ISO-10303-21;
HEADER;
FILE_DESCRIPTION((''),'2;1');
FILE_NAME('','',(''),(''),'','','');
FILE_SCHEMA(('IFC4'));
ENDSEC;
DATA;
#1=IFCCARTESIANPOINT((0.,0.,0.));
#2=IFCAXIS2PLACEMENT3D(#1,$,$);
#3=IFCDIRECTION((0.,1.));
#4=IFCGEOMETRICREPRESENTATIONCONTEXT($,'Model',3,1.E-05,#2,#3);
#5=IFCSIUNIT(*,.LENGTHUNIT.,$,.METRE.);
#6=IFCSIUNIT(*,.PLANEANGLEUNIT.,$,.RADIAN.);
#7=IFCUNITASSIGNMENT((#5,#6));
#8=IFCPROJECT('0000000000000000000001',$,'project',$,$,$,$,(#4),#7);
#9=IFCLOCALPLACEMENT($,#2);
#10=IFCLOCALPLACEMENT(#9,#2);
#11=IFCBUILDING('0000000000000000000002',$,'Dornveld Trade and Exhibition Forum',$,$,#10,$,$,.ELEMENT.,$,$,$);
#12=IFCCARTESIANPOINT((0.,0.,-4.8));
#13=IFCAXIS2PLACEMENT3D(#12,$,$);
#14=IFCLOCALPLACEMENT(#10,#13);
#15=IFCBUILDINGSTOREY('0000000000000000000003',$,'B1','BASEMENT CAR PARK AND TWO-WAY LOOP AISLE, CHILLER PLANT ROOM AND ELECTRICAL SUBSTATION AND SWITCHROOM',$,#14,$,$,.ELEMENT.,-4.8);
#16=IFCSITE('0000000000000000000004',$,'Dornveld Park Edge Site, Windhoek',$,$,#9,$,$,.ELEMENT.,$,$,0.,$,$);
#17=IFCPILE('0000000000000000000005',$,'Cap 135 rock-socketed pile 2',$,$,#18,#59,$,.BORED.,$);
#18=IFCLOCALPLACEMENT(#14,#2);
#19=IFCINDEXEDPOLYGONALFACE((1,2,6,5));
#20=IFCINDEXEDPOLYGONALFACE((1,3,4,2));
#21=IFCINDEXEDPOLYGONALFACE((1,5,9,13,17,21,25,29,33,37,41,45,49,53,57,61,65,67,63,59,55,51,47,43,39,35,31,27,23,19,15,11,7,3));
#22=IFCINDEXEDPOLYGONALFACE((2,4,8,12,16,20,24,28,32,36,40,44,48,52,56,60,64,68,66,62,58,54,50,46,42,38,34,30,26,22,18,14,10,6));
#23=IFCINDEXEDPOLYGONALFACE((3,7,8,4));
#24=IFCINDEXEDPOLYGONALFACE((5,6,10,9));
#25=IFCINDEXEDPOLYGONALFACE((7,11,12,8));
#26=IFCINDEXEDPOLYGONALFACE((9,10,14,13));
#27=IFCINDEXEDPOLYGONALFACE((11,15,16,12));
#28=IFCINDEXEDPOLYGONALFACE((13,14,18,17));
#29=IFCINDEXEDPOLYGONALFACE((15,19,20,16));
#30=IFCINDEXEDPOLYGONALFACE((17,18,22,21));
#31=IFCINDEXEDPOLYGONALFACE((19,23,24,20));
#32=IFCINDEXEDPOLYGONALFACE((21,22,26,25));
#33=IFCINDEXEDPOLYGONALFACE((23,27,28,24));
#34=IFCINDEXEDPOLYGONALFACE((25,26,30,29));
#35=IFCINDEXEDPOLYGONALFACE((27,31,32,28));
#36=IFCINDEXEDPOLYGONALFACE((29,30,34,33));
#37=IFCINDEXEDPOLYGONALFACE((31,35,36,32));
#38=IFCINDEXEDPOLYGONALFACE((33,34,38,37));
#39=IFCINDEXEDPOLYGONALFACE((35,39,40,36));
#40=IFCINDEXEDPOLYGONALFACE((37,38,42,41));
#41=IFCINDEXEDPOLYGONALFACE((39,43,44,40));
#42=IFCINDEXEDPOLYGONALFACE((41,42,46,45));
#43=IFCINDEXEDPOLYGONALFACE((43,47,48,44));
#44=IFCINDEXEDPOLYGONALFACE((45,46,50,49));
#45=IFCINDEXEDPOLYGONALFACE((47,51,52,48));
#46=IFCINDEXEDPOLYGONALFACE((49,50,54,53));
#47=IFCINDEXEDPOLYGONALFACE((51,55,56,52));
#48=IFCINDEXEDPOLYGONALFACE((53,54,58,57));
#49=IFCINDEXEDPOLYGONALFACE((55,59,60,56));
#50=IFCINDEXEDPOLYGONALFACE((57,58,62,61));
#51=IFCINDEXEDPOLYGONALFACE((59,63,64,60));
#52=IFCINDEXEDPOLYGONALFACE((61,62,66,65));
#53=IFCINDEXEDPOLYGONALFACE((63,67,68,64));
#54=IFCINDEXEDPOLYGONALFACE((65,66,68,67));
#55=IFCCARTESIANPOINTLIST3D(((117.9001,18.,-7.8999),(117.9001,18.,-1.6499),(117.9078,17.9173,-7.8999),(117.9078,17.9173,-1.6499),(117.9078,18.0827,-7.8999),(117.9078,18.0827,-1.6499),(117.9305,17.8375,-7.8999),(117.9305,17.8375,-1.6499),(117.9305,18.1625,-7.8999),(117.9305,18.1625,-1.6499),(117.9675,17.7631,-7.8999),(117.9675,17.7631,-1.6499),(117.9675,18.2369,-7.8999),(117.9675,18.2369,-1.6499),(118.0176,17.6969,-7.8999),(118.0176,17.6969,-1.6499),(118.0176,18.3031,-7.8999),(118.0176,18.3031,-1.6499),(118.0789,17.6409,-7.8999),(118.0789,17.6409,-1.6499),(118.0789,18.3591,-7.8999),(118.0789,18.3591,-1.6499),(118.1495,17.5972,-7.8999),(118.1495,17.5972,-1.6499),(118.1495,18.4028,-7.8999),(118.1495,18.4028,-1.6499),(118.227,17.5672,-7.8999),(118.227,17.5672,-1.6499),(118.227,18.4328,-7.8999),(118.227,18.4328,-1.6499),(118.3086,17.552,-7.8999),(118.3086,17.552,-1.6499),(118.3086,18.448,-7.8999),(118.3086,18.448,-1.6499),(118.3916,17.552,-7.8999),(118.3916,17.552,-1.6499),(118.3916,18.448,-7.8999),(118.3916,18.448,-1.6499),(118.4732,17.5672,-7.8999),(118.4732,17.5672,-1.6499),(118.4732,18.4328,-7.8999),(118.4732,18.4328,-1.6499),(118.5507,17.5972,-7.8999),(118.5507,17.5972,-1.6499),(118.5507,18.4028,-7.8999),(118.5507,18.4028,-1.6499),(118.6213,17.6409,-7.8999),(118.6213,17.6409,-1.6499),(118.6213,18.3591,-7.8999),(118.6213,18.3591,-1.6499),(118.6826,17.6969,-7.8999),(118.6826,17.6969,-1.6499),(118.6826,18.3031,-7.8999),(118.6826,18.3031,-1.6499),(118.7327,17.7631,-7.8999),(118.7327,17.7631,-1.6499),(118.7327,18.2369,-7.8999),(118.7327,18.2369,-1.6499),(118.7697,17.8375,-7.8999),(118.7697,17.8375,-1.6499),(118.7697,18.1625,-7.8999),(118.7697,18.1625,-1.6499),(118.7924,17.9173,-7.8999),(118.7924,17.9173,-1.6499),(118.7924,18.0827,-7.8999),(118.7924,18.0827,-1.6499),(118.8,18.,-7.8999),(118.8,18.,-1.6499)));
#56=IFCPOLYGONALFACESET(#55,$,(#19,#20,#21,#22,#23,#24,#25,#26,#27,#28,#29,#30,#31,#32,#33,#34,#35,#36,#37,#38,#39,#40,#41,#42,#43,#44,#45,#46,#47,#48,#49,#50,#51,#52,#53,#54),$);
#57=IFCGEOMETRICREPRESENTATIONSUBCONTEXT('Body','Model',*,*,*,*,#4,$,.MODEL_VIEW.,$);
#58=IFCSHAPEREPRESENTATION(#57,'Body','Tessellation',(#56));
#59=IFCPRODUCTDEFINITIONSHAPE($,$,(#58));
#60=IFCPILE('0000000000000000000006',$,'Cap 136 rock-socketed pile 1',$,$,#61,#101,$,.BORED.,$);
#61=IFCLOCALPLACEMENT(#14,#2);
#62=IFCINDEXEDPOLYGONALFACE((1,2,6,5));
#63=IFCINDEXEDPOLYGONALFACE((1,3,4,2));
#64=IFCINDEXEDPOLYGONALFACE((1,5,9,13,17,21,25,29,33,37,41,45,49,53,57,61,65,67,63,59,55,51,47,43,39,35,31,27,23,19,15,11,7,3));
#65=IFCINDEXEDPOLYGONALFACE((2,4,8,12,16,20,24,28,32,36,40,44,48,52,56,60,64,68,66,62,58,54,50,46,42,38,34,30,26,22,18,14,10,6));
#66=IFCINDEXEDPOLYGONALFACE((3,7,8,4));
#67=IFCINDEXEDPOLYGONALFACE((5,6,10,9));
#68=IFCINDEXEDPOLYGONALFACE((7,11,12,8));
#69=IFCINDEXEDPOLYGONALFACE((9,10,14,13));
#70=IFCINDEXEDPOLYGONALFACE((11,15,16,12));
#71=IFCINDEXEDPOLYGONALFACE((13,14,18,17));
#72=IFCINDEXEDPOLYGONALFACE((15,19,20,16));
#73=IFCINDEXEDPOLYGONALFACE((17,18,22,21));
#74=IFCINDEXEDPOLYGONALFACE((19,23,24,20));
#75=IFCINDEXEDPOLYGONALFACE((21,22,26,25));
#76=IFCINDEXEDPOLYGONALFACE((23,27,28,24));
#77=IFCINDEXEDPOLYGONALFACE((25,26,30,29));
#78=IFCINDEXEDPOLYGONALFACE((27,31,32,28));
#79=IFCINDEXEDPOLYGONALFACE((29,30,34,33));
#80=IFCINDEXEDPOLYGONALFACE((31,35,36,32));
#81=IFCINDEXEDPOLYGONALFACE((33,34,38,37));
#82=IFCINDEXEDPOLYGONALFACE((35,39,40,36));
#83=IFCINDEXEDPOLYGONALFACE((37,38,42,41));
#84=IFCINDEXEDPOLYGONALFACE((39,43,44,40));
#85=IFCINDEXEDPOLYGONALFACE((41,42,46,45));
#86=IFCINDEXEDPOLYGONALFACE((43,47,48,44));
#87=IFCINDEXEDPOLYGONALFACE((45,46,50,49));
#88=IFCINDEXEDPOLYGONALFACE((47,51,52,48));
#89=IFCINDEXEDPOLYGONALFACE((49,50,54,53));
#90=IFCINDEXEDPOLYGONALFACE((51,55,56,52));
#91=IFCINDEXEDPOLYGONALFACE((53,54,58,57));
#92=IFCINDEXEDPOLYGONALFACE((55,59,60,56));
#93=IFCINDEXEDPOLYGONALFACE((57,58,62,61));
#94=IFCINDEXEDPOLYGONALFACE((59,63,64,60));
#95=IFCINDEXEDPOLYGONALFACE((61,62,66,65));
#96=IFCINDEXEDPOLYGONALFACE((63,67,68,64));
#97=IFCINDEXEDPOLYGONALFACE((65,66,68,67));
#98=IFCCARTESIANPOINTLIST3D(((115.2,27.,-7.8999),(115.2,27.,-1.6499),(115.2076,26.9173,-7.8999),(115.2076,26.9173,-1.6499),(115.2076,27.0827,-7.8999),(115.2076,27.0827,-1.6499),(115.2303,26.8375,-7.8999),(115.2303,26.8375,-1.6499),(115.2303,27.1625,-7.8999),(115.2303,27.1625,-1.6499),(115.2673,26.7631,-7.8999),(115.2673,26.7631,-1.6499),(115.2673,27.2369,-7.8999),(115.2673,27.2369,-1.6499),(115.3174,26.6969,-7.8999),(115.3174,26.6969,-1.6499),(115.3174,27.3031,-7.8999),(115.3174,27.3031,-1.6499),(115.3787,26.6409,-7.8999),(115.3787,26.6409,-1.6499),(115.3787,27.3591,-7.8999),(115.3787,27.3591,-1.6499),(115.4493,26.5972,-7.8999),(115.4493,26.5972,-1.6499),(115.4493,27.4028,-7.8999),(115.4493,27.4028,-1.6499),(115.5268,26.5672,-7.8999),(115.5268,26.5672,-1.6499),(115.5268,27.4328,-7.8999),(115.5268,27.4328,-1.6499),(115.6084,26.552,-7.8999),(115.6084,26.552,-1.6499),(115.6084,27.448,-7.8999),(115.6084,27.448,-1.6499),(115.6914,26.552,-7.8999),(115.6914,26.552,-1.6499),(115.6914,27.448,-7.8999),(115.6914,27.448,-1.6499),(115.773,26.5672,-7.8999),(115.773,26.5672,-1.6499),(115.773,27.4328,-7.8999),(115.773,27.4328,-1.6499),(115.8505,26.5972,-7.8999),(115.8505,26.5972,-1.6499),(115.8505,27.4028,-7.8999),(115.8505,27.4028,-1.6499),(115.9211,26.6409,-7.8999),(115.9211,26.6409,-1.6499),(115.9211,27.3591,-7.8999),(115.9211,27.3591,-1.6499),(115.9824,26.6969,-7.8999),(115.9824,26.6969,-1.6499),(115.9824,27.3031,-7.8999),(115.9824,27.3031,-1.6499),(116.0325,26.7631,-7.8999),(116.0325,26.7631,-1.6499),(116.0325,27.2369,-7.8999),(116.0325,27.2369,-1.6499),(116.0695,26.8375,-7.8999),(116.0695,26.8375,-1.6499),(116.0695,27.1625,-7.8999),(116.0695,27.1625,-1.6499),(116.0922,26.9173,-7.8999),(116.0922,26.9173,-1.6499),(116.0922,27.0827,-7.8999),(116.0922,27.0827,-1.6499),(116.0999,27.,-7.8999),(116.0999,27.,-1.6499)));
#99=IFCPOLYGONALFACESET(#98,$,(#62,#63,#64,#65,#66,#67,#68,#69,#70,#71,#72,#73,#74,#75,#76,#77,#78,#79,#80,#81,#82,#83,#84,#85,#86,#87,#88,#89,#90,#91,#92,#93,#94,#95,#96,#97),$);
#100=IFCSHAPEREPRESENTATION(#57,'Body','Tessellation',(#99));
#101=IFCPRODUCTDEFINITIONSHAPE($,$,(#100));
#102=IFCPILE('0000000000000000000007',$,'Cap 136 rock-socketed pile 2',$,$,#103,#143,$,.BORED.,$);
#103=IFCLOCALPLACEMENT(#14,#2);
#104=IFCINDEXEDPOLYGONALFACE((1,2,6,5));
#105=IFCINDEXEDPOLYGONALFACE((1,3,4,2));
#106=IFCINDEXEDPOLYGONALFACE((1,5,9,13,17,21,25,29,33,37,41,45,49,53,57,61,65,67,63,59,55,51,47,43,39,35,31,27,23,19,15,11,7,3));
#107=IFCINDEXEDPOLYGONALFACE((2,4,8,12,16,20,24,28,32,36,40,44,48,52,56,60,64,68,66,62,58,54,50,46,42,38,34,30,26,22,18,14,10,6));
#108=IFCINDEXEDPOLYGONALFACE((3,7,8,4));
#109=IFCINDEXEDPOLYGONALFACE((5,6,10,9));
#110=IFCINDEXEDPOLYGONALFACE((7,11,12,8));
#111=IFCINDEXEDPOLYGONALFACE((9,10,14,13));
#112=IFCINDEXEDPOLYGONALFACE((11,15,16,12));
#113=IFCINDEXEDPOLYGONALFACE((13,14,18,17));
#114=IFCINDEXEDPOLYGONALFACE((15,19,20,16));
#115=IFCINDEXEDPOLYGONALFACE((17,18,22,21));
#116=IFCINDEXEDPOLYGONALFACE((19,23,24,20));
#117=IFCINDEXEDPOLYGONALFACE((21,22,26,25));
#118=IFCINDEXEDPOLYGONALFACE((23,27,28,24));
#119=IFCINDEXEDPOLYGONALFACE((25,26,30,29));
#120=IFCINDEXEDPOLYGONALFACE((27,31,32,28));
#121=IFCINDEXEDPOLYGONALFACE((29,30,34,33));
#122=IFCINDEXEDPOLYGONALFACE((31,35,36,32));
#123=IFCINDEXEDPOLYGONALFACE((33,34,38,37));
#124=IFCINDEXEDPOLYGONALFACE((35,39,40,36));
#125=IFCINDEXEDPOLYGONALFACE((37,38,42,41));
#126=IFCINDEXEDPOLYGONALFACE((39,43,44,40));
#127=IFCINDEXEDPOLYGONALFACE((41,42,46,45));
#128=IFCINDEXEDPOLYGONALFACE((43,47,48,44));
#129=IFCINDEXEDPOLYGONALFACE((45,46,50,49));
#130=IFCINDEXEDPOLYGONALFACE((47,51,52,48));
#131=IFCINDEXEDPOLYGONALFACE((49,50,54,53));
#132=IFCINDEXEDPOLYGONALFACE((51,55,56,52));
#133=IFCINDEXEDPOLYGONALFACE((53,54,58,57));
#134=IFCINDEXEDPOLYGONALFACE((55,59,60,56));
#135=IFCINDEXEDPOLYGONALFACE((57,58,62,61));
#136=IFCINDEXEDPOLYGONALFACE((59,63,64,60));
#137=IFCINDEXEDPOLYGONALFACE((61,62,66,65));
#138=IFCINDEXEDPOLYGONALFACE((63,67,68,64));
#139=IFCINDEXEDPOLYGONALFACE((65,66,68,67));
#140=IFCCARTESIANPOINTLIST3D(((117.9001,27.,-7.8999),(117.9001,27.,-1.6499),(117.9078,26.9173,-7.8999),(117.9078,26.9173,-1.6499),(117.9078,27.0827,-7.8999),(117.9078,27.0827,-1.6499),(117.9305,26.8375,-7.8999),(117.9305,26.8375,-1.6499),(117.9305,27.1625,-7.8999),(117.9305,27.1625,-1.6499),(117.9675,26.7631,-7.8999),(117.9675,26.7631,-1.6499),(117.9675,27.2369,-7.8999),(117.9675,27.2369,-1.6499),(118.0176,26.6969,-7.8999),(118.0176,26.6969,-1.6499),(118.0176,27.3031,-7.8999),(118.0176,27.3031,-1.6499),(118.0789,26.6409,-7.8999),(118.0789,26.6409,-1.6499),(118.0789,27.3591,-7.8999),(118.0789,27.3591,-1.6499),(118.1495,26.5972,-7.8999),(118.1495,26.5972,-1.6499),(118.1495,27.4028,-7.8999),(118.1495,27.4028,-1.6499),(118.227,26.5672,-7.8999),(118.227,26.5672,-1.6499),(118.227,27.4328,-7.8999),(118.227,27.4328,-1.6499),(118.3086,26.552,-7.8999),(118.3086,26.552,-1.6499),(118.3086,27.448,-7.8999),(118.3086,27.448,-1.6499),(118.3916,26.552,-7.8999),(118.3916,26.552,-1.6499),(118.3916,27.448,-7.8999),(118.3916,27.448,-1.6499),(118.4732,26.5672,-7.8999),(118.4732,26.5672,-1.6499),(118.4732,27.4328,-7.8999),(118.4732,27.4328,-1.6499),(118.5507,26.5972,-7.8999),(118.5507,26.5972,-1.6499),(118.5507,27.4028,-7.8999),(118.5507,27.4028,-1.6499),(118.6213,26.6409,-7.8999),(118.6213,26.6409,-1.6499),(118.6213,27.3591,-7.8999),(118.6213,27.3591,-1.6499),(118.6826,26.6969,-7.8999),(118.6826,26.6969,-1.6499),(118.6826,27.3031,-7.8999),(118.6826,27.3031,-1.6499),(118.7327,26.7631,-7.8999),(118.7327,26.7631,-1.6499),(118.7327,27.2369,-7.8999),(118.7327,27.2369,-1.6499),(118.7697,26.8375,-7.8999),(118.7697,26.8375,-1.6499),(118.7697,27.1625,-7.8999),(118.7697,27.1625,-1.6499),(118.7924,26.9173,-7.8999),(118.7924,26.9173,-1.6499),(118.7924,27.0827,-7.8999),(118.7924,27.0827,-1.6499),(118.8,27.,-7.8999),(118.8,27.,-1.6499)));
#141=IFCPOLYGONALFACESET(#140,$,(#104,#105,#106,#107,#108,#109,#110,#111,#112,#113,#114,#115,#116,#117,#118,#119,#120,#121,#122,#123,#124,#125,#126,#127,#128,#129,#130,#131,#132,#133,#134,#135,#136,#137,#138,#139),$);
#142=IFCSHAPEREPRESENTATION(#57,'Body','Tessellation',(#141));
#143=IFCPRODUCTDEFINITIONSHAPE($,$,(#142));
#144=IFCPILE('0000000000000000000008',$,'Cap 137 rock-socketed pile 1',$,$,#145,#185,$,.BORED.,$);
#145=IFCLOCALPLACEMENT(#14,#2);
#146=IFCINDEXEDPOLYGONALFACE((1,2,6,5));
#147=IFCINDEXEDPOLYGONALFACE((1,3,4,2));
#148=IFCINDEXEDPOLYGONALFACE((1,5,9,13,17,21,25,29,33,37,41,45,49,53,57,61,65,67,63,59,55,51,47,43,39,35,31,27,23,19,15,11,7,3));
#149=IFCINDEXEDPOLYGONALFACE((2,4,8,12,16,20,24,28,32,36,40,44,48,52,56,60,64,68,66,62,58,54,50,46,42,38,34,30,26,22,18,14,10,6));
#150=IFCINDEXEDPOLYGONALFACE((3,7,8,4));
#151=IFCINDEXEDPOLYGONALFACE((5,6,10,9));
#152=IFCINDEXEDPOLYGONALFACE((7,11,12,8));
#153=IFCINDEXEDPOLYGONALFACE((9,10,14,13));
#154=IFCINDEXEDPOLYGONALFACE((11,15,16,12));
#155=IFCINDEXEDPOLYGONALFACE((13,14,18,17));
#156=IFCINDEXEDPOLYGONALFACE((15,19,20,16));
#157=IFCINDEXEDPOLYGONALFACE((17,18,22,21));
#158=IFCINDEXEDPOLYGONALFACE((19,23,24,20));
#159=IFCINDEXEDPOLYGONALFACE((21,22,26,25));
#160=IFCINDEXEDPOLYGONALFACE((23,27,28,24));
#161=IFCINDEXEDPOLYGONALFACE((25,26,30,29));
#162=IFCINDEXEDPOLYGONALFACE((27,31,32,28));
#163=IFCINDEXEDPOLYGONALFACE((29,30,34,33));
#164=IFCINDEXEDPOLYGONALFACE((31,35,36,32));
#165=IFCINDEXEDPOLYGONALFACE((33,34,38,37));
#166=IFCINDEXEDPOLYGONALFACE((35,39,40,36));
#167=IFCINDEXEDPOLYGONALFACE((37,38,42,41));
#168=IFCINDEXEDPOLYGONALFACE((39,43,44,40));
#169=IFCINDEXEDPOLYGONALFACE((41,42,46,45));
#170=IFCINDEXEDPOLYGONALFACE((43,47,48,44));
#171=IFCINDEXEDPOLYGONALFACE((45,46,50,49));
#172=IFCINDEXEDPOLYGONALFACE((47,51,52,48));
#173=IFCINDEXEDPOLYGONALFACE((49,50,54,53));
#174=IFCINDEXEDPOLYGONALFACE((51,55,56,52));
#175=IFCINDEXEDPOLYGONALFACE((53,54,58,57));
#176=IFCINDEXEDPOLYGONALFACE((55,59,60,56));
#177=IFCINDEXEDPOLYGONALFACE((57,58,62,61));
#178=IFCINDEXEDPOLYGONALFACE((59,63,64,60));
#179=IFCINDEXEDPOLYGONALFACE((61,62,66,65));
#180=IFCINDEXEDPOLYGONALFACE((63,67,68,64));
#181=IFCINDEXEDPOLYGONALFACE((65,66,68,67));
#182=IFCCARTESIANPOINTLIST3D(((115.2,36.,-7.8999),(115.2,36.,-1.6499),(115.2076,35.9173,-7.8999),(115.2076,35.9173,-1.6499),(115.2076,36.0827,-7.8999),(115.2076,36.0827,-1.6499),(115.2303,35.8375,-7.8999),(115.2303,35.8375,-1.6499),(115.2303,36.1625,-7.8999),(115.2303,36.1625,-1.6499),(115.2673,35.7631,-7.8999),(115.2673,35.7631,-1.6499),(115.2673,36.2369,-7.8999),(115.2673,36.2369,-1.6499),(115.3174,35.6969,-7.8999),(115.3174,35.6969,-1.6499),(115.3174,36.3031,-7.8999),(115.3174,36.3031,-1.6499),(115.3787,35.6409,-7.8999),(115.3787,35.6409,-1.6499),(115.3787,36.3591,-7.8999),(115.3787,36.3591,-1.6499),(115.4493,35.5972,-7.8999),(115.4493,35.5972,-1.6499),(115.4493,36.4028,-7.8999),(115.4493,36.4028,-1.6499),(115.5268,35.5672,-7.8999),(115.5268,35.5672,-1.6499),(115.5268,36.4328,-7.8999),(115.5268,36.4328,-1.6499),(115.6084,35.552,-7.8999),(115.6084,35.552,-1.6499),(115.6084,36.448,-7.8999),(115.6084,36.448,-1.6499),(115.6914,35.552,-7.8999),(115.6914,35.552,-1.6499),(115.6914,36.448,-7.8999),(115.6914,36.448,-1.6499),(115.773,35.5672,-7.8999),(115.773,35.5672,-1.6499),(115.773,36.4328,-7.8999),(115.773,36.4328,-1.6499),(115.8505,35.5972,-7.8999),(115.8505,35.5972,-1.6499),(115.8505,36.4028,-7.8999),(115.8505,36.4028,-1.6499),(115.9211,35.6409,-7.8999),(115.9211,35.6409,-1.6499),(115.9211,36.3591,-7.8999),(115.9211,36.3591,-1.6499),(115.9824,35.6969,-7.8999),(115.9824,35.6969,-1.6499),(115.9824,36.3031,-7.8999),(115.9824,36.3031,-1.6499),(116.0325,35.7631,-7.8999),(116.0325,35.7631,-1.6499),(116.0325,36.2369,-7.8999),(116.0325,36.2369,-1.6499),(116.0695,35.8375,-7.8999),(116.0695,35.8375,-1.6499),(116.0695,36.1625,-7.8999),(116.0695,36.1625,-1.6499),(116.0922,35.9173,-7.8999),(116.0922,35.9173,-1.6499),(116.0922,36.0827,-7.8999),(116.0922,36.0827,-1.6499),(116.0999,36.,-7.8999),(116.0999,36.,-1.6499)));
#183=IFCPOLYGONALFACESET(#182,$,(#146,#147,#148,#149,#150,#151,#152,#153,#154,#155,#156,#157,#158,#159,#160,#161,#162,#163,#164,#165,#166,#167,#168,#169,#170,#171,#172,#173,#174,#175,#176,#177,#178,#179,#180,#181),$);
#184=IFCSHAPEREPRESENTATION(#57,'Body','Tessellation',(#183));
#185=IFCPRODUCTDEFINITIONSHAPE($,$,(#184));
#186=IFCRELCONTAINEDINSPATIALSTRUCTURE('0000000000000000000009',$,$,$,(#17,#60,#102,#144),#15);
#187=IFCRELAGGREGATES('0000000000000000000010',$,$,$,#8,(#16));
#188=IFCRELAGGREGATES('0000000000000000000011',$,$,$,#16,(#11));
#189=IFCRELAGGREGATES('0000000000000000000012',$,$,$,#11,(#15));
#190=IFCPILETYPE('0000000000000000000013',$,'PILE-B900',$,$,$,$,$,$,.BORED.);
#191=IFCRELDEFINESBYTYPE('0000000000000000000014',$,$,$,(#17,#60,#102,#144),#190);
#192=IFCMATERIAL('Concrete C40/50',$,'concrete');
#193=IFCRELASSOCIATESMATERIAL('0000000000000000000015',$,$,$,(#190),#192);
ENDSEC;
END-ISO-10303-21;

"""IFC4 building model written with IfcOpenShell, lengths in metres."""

from ifc_helpers import new_model, si_unit, direction, frame, origin, origin_2d, place, context, subcontext, project, spatial, circle, extrude, material, material_profile, profile_set, type_object, element, save


model = new_model("IFC4")

# Units and contexts
model_context = context("Model", 3, precision=1e-05, world=origin(), true_north=direction((0.0, 1.0)))
body_context = subcontext(model_context, "Body", "Model", "MODEL_VIEW")
ifc_project = project(units=[si_unit("LENGTHUNIT", "METRE"), si_unit("PLANEANGLEUNIT", "RADIAN")], contexts=[model_context])

# Site, building, storey
site_placement = place(None, origin())
site = spatial("IfcSite", under=ifc_project, at=site_placement, Name="Dornveld Park Edge Site, Windhoek", CompositionType="ELEMENT", RefElevation=0.0)
building_placement = place(site_placement, origin())
building = spatial("IfcBuilding", under=site, at=building_placement, Name="Dornveld Trade and Exhibition Forum", CompositionType="ELEMENT")
storey_placement = place(building_placement, frame((0.0, 0.0, -4.8)))
storey = spatial("IfcBuildingStorey", under=building, at=storey_placement, Name="B1", Description="BASEMENT CAR PARK AND TWO-WAY LOOP AISLE, CHILLER PLANT ROOM AND ELECTRICAL SUBSTATION AND SWITCHROOM", CompositionType="ELEMENT", Elevation=-4.8)

# Piles
ifc_material_1 = material(Name="Concrete C40/50", Category="concrete")
ifc_material_profile_1 = material_profile(ifc_material_1, circle(Radius=0.45, at=origin_2d()), Name="PILE D900")
ifc_profile_set_1 = profile_set([ifc_material_profile_1], Name="Concrete C40/50")
pile_type = type_object("IfcPileType", Name="PILE-B900", PredefinedType="BORED", material=ifc_profile_set_1)
for number, where, z_axis, x_axis, name in (
    (1, (118.3501, 18.0, -1.6499), (0.0, 0.0, -1.0), (1.0, 0.0, 0.0), "Cap 135 rock-socketed pile 2"),
    (2, (115.6499, 27.0, -1.6499), (0.0, 0.0, -1.0), (1.0, 0.0, 0.0), "Cap 136 rock-socketed pile 1"),
    (3, (118.3501, 27.0, -1.6499), (0.0, 0.0, -1.0), (1.0, 0.0, 0.0), "Cap 136 rock-socketed pile 2"),
    (4, (115.6499, 36.0, -1.6499), (0.0, 0.0, -1.0), (1.0, 0.0, 0.0), "Cap 137 rock-socketed pile 1"),
):
    element("IfcPile", number, at=place(storey_placement, frame(where, z_axis=z_axis, x_axis=x_axis)), inside=storey, type_object=pile_type, Name=name, PredefinedType="BORED", context=body_context, shape_type="SweptSolid", body=[
        extrude(circle(Radius=0.45, at=origin_2d()), origin(), (0.0, 0.0, 1.0), 6.25),
    ])

save(model, "model.ifc")
